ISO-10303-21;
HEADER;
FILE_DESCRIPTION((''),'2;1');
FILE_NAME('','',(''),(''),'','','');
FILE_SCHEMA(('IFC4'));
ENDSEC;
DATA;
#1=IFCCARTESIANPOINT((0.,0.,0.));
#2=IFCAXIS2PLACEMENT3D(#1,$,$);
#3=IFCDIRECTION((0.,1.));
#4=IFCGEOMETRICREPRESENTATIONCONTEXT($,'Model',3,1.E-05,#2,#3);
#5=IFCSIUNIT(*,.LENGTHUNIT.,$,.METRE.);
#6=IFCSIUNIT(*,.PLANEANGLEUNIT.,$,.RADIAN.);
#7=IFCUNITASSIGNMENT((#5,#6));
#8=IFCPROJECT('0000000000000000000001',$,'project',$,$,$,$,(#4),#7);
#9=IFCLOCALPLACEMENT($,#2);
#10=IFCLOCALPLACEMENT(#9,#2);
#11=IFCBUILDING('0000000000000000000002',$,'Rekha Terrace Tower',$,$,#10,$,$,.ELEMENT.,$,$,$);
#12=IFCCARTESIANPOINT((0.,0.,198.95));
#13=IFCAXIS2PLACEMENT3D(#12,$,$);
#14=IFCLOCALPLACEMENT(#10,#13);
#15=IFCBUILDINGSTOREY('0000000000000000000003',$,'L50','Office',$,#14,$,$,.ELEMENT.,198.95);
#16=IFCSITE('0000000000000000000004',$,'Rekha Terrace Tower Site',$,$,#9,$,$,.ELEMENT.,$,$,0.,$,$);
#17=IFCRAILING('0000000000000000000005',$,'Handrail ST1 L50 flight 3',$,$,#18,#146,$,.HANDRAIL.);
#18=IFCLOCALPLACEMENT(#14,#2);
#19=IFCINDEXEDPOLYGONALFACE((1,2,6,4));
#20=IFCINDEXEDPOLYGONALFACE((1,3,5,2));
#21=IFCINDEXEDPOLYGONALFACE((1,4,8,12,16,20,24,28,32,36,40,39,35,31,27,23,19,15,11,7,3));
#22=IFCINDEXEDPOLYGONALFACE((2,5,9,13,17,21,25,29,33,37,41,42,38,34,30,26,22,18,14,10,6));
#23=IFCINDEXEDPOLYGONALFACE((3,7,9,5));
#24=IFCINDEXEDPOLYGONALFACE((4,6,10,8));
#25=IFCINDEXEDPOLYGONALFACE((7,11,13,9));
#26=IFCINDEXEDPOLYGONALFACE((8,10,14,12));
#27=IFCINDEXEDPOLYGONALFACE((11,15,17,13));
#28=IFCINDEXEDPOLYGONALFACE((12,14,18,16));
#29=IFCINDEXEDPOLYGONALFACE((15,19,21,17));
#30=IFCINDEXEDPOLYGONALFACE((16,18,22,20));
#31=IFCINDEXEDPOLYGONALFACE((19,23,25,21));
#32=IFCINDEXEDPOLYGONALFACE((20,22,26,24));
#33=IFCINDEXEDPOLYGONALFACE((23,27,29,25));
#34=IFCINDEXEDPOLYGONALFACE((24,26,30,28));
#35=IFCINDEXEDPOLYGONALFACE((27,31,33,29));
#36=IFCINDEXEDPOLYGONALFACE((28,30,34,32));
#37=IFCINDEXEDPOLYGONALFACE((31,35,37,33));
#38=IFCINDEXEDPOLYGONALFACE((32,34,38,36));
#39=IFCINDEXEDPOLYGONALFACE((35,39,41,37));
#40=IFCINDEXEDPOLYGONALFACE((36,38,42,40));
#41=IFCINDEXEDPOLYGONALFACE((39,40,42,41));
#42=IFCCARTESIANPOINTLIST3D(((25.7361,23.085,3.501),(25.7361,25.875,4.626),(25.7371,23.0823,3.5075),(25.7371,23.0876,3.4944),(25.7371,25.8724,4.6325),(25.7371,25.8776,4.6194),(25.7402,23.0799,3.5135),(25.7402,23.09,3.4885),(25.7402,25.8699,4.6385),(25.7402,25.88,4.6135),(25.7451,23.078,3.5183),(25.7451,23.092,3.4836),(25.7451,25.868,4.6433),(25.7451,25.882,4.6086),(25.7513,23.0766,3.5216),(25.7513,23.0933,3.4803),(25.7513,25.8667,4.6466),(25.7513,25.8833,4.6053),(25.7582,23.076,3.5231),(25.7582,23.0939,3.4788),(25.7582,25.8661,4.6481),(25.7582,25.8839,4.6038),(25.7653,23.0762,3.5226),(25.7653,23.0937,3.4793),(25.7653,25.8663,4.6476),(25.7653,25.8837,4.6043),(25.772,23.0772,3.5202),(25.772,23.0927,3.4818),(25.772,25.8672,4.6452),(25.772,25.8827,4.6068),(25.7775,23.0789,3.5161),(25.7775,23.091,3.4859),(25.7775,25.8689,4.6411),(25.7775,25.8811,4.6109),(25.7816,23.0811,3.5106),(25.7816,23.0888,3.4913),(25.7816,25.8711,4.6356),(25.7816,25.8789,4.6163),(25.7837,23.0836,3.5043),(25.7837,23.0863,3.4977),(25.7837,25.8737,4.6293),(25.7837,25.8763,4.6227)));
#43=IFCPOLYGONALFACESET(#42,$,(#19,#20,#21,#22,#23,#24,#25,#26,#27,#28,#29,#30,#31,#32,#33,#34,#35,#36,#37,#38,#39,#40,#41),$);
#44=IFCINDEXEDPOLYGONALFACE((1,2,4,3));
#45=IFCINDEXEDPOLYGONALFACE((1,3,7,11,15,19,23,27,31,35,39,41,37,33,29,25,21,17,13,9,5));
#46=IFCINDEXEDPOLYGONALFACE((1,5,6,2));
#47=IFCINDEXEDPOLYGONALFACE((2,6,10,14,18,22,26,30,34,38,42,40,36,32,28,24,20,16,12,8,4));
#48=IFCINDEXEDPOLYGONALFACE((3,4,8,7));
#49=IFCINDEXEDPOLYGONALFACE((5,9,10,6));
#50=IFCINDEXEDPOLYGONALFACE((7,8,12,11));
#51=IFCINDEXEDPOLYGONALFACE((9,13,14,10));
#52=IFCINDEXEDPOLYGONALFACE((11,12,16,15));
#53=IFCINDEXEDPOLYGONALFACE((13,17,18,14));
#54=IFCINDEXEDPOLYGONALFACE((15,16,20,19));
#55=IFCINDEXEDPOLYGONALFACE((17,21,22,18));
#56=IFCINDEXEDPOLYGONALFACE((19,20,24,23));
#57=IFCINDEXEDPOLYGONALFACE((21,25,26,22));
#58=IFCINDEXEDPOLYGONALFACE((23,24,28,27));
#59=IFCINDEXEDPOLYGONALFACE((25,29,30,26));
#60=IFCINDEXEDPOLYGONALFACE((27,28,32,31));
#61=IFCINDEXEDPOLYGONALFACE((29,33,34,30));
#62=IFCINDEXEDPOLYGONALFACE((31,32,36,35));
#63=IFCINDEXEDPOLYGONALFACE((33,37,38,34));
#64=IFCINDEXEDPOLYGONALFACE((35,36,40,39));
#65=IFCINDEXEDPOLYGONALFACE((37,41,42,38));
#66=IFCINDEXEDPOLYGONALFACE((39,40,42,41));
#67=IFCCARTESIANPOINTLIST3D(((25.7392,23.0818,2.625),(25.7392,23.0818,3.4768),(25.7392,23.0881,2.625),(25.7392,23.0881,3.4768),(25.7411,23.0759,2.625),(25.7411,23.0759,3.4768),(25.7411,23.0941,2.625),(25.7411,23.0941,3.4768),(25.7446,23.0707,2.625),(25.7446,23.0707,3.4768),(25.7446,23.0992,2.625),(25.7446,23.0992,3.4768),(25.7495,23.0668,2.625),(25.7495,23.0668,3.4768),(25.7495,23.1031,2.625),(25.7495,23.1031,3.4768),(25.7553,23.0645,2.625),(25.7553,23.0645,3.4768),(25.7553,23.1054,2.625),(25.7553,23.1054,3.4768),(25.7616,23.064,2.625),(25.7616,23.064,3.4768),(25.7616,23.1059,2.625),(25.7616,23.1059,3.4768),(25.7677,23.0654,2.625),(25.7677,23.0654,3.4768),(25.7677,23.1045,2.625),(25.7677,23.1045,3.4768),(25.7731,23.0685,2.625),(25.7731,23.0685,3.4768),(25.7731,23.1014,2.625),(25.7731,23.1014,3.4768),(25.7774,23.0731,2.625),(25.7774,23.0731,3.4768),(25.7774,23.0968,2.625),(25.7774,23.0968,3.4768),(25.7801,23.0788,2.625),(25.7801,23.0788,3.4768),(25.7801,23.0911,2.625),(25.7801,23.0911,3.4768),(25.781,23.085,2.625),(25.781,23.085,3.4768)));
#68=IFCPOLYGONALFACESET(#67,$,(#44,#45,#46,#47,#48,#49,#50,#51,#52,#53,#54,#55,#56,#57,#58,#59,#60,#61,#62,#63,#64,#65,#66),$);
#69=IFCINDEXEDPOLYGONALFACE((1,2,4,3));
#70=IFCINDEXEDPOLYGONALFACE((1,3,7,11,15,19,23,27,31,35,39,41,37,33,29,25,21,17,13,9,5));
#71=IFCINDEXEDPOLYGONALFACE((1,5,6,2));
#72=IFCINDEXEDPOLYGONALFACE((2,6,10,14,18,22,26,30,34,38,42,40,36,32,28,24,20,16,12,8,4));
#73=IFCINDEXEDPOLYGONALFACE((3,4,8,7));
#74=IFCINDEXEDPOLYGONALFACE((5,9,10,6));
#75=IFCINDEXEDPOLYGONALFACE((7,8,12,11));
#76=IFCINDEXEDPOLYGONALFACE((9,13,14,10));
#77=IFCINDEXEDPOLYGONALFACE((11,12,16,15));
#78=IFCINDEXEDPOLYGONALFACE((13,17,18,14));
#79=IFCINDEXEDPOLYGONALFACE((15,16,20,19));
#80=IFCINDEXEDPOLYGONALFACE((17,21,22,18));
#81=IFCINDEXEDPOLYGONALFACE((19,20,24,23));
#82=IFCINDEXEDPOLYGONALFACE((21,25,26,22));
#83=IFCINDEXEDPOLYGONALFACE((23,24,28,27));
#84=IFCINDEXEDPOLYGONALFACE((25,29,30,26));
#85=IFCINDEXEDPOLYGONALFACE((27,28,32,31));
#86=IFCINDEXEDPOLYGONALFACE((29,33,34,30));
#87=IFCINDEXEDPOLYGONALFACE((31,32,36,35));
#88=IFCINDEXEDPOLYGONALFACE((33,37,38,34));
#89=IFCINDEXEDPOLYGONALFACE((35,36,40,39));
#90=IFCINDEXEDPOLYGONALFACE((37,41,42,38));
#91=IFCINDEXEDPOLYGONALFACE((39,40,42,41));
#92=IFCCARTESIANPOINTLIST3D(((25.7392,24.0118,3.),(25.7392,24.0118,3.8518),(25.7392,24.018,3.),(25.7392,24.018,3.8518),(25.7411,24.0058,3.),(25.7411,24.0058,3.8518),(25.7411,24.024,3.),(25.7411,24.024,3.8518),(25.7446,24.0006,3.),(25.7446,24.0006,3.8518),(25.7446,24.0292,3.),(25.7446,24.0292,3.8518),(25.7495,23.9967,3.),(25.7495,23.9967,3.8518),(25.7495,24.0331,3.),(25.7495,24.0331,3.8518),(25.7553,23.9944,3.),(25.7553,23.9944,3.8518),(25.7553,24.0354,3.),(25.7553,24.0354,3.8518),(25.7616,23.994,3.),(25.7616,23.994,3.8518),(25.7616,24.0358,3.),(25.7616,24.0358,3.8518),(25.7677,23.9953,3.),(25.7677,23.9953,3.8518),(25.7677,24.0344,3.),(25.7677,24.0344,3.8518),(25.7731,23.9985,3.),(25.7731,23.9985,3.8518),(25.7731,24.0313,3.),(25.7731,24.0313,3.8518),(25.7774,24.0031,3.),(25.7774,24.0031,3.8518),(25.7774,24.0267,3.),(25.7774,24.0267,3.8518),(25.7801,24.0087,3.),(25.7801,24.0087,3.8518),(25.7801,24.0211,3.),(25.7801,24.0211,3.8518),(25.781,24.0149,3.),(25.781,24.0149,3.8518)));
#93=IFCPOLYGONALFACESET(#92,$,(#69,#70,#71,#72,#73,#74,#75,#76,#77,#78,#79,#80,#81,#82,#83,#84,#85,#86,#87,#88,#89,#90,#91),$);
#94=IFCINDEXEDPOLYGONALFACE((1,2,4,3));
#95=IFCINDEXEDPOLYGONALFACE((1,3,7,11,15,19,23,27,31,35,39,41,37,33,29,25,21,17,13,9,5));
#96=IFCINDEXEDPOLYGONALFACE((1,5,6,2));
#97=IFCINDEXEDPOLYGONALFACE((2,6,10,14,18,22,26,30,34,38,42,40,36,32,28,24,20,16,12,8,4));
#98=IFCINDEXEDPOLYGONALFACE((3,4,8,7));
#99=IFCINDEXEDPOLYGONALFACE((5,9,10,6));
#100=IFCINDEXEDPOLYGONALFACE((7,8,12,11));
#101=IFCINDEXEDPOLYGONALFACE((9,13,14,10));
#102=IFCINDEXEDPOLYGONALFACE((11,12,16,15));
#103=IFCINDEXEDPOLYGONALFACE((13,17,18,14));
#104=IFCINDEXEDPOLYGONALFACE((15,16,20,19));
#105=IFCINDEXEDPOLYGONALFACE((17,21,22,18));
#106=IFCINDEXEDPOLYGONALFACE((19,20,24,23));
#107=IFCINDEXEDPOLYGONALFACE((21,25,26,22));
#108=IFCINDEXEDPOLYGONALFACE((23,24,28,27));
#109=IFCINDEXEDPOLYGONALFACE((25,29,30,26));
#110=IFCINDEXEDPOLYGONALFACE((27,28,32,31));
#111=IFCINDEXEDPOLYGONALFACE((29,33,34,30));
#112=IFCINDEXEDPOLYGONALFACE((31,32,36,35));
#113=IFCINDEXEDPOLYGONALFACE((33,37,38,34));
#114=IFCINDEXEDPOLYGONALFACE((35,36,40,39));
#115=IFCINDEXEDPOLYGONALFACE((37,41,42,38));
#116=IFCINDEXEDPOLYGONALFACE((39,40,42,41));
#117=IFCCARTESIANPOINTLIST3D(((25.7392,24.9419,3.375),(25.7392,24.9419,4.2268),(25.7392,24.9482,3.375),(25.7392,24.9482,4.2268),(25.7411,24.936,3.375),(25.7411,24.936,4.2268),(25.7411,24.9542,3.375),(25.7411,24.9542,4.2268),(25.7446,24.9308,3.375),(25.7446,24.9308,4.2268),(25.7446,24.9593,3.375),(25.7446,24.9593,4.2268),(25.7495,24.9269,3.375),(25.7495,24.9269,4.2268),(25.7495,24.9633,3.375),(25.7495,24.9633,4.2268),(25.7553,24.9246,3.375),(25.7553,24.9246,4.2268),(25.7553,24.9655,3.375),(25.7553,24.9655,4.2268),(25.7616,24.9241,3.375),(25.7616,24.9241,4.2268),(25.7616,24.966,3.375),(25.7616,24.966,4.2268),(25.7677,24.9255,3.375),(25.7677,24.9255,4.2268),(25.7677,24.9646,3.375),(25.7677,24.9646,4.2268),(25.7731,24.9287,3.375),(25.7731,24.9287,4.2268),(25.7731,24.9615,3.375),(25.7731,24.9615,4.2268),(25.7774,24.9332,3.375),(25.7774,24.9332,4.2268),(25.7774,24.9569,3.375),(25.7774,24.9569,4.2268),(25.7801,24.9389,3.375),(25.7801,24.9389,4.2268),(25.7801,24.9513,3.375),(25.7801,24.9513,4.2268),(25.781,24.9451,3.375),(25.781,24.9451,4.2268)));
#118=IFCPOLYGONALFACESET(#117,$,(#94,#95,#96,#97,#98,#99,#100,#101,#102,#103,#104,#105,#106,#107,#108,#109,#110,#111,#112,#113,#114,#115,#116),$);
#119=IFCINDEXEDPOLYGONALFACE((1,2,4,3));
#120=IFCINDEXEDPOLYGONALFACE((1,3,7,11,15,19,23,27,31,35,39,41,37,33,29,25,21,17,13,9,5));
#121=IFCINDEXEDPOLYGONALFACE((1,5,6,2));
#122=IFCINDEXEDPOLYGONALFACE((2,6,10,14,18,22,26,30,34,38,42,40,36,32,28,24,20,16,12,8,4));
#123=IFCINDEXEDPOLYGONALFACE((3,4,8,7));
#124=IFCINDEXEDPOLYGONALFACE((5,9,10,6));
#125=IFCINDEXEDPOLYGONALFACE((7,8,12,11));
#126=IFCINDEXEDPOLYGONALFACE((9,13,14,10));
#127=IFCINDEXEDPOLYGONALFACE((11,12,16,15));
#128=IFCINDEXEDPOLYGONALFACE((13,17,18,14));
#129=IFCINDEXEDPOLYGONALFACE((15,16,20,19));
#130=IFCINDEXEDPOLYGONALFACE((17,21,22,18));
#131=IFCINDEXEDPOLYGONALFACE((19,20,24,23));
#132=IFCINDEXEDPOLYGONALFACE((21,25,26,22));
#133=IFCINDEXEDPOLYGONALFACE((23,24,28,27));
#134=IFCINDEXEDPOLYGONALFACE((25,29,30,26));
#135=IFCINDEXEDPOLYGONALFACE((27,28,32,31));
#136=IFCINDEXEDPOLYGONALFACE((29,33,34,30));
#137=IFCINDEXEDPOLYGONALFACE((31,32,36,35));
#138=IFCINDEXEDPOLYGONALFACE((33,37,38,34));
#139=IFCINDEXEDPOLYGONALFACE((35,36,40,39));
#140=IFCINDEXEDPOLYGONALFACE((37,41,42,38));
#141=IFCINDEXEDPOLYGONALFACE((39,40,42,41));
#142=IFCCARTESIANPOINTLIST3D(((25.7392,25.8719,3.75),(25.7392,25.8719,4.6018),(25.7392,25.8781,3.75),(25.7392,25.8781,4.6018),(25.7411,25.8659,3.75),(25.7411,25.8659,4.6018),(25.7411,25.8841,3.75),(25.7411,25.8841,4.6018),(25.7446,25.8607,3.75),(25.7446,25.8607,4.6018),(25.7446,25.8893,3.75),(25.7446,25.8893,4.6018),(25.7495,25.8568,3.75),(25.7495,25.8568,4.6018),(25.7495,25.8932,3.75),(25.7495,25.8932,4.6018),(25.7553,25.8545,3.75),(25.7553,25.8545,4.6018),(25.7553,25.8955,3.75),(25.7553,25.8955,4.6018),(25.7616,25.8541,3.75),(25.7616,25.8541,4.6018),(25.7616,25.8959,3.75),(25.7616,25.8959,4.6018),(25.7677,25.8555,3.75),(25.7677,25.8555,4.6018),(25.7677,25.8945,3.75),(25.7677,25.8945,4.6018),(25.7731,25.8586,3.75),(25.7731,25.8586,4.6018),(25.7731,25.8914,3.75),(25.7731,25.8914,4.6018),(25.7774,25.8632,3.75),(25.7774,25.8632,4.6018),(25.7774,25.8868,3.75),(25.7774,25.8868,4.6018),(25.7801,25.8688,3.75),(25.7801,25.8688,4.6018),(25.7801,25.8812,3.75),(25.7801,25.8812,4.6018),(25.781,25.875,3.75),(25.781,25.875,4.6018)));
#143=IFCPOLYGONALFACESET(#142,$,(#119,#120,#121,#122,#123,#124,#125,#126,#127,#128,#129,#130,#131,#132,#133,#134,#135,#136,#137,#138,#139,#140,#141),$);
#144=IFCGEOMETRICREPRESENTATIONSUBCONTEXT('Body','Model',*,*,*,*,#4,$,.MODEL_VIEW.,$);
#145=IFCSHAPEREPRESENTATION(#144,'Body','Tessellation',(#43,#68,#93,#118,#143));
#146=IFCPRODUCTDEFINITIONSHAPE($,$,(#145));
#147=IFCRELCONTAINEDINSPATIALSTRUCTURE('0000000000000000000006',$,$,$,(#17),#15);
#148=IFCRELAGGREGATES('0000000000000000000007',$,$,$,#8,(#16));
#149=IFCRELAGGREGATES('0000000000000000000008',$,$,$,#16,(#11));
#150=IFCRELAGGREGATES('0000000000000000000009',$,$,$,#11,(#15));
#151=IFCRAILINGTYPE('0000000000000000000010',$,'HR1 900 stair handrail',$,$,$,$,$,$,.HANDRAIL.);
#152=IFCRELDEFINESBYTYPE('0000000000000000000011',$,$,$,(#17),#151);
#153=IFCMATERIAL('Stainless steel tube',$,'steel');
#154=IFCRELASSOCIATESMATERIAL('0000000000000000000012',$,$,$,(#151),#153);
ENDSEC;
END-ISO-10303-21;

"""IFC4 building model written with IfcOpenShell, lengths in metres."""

from ifc_helpers import new_model, si_unit, direction, frame, origin, origin_2d, place, context, subcontext, project, spatial, circle, extrude, material, type_object, element, save


model = new_model("IFC4")

# Units and contexts
model_context = context("Model", 3, precision=1e-05, world=origin(), true_north=direction((0.0, 1.0)))
body_context = subcontext(model_context, "Body", "Model", "MODEL_VIEW")
ifc_project = project(units=[si_unit("LENGTHUNIT", "METRE"), si_unit("PLANEANGLEUNIT", "RADIAN")], contexts=[model_context])

# Site, building, storey
site_placement = place(None, origin())
site = spatial("IfcSite", under=ifc_project, at=site_placement, Name="Rekha Terrace Tower Site", CompositionType="ELEMENT", RefElevation=0.0)
building_placement = place(site_placement, origin())
building = spatial("IfcBuilding", under=site, at=building_placement, Name="Rekha Terrace Tower", CompositionType="ELEMENT")
storey_placement = place(building_placement, frame((0.0, 0.0, 198.95)))
storey = spatial("IfcBuildingStorey", under=building, at=storey_placement, Name="L50", Description="Office", CompositionType="ELEMENT", Elevation=198.95)

# Railing
ifc_material_1 = material(Name="Stainless steel tube", Category="steel")
railing_type_1 = type_object("IfcRailingType", Name="HR1 900 stair handrail", PredefinedType="HANDRAIL", material=ifc_material_1)
railing_1_placement = place(storey_placement, frame((25.76, 23.085, 2.625)))
element("IfcRailing", 1, at=railing_1_placement, inside=storey, type_object=railing_type_1, Name="Handrail ST1 L50 flight 3", PredefinedType="HANDRAIL", context=body_context, shape_type="SweptSolid", body=[
    extrude(circle(Radius=0.0239, at=origin_2d()), frame((0.0, 0.0, 0.876), z_axis=(0.0, 0.927443, 0.373964), x_axis=(-1.0, 0.0, 0.0)), (0.0, 0.0, 1.0), 3.0083),
    extrude(circle(Radius=0.021, at=origin_2d()), origin(), (0.0, 0.0, 1.0), 0.8518),
    extrude(circle(Radius=0.021, at=origin_2d()), frame((0.0, 0.9299, 0.375)), (0.0, 0.0, 1.0), 0.8518),
    extrude(circle(Radius=0.021, at=origin_2d()), frame((0.0, 1.8601, 0.75)), (0.0, 0.0, 1.0), 0.8518),
    extrude(circle(Radius=0.021, at=origin_2d()), frame((0.0, 2.79, 1.125)), (0.0, 0.0, 1.0), 0.8518),
])

save(model, "model.ifc")
